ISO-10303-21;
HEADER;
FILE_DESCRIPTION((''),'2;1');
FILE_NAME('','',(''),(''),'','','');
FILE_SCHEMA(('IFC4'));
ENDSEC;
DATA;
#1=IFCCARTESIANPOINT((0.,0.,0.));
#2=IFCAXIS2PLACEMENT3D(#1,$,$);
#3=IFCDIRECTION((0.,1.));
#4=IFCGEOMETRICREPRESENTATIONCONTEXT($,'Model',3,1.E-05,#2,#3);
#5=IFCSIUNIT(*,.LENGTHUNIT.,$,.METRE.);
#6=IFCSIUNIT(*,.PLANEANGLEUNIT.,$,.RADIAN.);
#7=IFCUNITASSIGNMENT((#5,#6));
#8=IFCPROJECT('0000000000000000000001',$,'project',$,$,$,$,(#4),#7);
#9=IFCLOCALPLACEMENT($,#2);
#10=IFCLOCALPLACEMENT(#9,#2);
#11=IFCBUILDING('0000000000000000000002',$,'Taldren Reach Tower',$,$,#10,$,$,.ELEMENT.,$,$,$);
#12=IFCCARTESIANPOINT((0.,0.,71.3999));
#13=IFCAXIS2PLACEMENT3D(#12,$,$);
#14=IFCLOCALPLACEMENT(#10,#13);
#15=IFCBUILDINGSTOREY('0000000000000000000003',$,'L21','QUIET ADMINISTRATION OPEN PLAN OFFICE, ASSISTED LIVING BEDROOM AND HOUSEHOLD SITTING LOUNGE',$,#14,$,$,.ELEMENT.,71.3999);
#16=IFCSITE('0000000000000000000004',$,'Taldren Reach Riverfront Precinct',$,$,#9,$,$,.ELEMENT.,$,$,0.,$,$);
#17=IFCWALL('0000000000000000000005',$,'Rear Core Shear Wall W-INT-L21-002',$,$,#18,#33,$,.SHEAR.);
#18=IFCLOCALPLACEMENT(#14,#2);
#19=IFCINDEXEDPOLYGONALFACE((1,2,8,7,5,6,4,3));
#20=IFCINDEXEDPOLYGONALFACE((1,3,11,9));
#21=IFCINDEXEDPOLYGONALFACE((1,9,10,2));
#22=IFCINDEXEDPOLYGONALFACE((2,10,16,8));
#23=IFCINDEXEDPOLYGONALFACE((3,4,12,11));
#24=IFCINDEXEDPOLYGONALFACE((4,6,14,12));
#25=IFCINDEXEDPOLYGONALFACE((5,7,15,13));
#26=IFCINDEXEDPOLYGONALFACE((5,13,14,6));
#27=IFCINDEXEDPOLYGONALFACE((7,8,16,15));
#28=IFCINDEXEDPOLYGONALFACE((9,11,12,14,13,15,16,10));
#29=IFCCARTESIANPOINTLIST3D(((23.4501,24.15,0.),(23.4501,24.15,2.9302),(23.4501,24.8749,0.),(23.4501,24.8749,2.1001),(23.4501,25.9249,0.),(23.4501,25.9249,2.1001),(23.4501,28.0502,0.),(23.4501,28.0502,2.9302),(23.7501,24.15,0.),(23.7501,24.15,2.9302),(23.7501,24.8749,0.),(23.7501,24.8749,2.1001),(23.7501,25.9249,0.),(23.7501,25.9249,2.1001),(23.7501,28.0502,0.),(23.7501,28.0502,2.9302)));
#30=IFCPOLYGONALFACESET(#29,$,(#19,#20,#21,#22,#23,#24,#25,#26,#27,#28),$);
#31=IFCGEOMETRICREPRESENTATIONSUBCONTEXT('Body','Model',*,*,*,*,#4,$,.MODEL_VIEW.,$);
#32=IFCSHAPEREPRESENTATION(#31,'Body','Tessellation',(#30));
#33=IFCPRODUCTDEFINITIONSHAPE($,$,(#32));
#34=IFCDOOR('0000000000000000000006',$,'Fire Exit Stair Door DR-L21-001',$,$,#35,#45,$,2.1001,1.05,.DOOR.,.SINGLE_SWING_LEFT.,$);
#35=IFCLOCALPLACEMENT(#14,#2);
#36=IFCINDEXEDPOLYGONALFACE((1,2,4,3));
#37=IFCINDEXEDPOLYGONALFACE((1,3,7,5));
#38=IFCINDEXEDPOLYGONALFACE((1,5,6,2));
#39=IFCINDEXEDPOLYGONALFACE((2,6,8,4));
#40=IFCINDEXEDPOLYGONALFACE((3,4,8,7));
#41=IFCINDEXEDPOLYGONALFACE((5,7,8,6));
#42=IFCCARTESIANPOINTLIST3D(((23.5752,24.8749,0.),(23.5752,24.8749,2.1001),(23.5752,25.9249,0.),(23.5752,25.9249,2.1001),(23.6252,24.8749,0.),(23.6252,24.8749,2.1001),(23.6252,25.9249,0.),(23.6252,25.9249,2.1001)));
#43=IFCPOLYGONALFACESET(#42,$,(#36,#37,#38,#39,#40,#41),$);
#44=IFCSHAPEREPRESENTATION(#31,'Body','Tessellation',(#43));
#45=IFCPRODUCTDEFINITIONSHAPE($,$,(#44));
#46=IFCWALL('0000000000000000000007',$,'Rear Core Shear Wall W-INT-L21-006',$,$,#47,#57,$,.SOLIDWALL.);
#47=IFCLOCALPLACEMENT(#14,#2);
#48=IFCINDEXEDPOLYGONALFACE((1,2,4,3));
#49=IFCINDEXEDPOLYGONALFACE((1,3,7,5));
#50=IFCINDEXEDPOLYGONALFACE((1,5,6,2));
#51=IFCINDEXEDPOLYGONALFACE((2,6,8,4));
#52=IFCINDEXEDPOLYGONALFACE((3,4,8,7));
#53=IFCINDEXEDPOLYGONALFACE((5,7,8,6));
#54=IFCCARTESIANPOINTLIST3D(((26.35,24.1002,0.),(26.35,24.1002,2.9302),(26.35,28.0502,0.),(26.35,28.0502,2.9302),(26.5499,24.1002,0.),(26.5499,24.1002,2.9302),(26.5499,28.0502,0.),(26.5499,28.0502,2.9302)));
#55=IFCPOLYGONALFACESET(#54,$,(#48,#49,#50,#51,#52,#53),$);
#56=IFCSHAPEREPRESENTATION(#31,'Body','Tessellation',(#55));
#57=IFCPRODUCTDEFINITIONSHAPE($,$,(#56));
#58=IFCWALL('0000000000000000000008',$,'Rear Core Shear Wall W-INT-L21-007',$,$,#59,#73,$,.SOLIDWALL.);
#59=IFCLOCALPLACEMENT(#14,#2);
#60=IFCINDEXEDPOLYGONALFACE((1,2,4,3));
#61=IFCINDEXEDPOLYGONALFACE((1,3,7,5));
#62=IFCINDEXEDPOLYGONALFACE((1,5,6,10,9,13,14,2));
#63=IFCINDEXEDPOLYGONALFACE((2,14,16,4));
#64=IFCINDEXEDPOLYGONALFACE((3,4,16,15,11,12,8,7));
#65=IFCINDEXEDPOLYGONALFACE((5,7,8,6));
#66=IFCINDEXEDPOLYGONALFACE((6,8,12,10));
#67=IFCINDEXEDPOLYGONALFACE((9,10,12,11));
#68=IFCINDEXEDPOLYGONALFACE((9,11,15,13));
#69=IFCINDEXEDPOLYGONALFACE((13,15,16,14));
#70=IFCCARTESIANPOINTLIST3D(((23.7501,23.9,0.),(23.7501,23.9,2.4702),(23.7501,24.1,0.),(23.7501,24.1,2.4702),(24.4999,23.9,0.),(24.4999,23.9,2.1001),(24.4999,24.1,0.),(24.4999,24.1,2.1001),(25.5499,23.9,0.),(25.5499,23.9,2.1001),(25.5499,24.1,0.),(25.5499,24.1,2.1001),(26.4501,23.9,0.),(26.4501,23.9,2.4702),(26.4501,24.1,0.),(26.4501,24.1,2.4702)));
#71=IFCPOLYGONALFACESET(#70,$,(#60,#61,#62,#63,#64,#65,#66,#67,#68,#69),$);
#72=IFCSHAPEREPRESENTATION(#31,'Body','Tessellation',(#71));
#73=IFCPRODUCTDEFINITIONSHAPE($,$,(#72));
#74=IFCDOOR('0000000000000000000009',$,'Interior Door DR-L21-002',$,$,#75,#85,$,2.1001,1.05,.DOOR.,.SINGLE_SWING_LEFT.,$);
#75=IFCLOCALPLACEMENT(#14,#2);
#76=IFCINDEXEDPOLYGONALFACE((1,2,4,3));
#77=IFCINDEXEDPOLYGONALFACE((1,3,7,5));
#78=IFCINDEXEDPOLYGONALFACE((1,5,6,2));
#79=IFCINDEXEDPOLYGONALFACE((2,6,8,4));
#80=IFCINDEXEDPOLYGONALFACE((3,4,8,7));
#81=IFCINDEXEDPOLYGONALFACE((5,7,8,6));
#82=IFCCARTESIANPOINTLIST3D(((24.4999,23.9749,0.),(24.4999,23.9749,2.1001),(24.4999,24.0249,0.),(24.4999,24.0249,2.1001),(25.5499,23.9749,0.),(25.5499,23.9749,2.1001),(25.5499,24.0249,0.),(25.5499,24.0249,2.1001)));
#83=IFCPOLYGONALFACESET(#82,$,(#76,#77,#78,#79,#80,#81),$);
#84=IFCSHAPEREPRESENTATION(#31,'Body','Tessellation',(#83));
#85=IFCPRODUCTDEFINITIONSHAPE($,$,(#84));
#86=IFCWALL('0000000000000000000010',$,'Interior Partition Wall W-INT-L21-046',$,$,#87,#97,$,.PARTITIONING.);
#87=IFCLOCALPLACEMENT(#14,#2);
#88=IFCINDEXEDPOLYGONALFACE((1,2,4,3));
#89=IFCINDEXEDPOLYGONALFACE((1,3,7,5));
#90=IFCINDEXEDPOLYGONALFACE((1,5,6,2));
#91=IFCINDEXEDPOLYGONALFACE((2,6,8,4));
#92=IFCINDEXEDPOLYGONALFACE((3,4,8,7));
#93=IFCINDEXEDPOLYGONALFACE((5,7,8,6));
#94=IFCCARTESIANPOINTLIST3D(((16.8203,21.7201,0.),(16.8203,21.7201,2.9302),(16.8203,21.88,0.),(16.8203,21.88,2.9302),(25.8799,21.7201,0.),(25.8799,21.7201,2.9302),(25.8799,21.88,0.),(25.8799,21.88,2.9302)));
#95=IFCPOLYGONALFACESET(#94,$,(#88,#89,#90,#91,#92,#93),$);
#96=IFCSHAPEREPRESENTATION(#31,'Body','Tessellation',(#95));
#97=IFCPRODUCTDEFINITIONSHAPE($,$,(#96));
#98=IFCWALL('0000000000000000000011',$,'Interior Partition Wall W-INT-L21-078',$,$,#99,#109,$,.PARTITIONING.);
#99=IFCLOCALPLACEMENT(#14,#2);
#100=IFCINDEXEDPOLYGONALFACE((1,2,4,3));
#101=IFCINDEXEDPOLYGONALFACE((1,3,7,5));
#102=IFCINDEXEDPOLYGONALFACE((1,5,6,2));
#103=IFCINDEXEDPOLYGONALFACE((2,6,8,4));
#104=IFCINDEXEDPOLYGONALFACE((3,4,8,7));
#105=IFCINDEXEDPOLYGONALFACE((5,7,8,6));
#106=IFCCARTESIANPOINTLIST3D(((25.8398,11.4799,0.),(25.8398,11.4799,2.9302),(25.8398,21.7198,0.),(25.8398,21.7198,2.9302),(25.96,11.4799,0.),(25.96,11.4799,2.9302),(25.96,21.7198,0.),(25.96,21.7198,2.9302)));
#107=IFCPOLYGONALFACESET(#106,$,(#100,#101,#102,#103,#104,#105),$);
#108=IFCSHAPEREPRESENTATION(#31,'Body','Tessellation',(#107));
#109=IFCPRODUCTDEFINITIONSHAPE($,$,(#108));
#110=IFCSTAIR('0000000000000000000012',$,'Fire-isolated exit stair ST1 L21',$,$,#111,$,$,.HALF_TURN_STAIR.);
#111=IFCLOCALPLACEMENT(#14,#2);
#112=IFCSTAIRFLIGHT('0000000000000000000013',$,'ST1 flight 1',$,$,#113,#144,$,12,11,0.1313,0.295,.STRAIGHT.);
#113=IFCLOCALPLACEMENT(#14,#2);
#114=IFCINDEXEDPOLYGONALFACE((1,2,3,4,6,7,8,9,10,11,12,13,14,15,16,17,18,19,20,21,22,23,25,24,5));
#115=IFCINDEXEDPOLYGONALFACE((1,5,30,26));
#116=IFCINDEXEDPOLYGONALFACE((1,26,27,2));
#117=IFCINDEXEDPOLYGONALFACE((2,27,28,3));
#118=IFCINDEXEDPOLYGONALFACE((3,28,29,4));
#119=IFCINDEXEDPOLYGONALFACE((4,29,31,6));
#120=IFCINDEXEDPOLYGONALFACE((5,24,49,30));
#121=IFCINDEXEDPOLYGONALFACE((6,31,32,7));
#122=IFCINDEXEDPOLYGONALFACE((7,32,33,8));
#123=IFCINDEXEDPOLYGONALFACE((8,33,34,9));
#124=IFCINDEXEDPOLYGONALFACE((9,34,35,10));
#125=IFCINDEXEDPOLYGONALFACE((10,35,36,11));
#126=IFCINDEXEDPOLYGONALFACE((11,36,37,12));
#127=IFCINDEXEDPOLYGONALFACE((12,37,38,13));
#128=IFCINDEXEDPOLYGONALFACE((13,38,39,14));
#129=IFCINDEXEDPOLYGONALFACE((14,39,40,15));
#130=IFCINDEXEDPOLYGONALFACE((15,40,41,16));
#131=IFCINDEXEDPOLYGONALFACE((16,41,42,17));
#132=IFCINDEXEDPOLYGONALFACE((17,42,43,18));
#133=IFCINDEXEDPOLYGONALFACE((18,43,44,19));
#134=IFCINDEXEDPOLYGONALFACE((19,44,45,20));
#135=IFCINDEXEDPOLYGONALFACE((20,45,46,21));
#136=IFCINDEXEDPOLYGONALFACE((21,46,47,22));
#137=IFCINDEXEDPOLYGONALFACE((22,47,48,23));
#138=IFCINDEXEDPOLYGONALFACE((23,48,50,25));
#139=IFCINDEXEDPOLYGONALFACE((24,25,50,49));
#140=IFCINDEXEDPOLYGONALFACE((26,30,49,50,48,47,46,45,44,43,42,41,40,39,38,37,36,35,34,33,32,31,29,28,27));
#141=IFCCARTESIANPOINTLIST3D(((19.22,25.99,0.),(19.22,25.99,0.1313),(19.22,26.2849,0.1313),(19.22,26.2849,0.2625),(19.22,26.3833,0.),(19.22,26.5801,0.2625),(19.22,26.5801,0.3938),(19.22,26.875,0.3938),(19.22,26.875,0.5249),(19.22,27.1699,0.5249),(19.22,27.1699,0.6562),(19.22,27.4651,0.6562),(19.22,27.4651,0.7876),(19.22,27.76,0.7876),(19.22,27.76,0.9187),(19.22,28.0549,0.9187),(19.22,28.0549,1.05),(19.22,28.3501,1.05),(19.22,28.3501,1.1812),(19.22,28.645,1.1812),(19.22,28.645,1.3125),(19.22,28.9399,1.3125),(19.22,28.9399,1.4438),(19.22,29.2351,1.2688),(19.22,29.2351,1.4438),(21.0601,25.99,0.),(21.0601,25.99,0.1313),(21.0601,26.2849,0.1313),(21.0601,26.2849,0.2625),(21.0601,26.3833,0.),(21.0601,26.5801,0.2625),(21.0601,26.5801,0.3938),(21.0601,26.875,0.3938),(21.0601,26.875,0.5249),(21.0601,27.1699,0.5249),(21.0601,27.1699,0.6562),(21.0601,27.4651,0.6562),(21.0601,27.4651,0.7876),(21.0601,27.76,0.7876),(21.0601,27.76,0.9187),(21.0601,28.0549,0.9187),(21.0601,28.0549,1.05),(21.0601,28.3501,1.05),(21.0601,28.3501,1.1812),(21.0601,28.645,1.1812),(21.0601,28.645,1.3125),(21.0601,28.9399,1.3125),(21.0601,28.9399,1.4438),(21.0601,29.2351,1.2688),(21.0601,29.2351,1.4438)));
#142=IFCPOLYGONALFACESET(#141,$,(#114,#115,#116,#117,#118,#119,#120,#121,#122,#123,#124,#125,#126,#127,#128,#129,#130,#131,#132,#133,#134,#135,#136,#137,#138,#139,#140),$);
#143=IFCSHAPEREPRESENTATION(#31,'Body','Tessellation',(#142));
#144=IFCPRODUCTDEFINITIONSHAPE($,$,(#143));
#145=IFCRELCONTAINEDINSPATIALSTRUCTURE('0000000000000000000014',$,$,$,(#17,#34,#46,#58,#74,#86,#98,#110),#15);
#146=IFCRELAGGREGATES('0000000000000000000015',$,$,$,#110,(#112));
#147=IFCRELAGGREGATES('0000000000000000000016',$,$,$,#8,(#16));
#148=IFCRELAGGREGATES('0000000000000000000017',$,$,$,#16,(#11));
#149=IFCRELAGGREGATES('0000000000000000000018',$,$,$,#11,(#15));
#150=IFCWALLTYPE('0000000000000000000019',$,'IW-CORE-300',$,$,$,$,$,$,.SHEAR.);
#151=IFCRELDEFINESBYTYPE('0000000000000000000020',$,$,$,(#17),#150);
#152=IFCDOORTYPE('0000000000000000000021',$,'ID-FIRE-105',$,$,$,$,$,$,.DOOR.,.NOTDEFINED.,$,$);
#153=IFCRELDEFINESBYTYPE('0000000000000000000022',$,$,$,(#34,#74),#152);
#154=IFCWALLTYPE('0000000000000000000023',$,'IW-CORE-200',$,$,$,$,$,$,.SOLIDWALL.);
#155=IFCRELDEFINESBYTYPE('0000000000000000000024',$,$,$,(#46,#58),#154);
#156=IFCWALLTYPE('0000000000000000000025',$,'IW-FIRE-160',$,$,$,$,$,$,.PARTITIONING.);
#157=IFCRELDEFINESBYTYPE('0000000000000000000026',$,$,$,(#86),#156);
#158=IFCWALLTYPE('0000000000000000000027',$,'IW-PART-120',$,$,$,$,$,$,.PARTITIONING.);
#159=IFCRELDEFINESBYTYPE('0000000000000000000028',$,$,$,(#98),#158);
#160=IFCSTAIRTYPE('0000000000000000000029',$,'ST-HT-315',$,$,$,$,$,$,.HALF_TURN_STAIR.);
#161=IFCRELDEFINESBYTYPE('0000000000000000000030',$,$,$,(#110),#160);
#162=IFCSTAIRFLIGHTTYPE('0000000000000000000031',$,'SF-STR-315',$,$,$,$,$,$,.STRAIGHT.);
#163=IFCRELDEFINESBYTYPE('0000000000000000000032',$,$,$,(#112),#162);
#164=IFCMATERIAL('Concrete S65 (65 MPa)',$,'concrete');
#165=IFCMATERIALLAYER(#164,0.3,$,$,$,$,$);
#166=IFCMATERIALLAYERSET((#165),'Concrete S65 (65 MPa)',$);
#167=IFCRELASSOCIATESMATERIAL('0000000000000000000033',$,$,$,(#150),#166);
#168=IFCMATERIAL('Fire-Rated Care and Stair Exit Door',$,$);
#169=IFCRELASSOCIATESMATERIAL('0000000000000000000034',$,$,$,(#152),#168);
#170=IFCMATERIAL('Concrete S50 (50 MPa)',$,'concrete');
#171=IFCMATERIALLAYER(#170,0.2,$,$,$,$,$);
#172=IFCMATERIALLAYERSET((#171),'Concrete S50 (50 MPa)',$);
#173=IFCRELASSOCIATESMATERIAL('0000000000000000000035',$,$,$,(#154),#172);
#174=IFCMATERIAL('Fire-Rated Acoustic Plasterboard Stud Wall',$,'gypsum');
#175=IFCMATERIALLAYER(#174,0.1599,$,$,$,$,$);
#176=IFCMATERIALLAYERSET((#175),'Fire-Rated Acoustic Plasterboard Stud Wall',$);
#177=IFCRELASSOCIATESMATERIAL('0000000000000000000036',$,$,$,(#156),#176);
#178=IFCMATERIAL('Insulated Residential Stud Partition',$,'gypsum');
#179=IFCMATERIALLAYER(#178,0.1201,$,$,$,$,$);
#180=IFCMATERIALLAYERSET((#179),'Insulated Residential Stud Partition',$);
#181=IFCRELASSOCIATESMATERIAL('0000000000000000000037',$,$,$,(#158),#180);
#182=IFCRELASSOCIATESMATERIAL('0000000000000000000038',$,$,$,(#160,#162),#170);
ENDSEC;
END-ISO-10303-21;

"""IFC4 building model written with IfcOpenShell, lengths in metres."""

from ifc_helpers import new_model, si_unit, direction, frame, frame_2d, origin, place, context, subcontext, project, spatial, polyline, rectangle, outline, extrude, source, transform, mapped, material, layer, layer_set, type_object, element, fill, aggregate, save


model = new_model("IFC4")

# Units and contexts
model_context = context("Model", 3, precision=1e-05, world=origin(), true_north=direction((0.0, 1.0)))
body_context = subcontext(model_context, "Body", "Model", "MODEL_VIEW")
ifc_project = project(units=[si_unit("LENGTHUNIT", "METRE"), si_unit("PLANEANGLEUNIT", "RADIAN")], contexts=[model_context])

# Site, building, storey
site_placement = place(None, origin())
site = spatial("IfcSite", under=ifc_project, at=site_placement, Name="Taldren Reach Riverfront Precinct", CompositionType="ELEMENT", RefElevation=0.0)
building_placement = place(site_placement, origin())
building = spatial("IfcBuilding", under=site, at=building_placement, Name="Taldren Reach Tower", CompositionType="ELEMENT")
storey_placement = place(building_placement, frame((0.0, 0.0, 71.3999)))
storey = spatial("IfcBuildingStorey", under=building, at=storey_placement, Name="L21", Description="QUIET ADMINISTRATION OPEN PLAN OFFICE, ASSISTED LIVING BEDROOM AND HOUSEHOLD SITTING LOUNGE", CompositionType="ELEMENT", Elevation=71.3999)

# Shared definitions
ifc_material_1 = material(Name="Concrete S65 (65 MPa)", Category="concrete")

# Shared definitions
ifc_layer_1 = layer(ifc_material_1, 0.3)
ifc_layer_set_1 = layer_set([ifc_layer_1], Name="Concrete S65 (65 MPa)")
wall_type_1 = type_object("IfcWallType", Name="IW-CORE-300", PredefinedType="SHEAR", material=ifc_layer_set_1)

# Wall, opening, door
shared_shape_1 = source(origin(), body_context, "Body", "SweptSolid", [
    extrude(rectangle(XDim=3.9001, YDim=0.3, at=frame_2d((1.9502, 0.0))), origin(), (0.0, 0.0, 1.0), 2.9302),
])
wall_1_placement = place(storey_placement, frame((23.6001, 24.1499, 0.0), z_axis=(0.0, 0.0, 1.0), x_axis=(0.0, 1.0, 0.0)))
wall_1 = element("IfcWall", 1, at=wall_1_placement, inside=storey, type_object=wall_type_1, Name="Rear Core Shear Wall W-INT-L21-002", PredefinedType="SHEAR", context=body_context, shape_type="MappedRepresentation", body=[
    mapped(shared_shape_1, transform((0.0, 0.0, 0.0), scale=1.0)),
])
shared_shape_2 = source(origin(), body_context, "Body", "SweptSolid", [
    extrude(rectangle(XDim=1.05, YDim=2.1001, at=frame_2d((0.5249, 1.05))), frame((0.0, 0.1602, 0.0), z_axis=(0.0, -1.0, 0.0), x_axis=(1.0, 0.0, 0.0)), (0.0, 0.0, 1.0), 0.3201),
])
opening_1_placement = place(wall_1_placement, frame((0.7251, 0.0, 0.0)))
opening_1 = element("IfcOpeningElement", 2, at=opening_1_placement, cuts=wall_1, PredefinedType="OPENING", context=body_context, shape_type="MappedRepresentation", body=[
    mapped(shared_shape_2, transform((0.0, 0.0, 0.0), scale=1.0)),
])
ifc_material_2 = material(Name="Fire-Rated Care and Stair Exit Door")
door_type_1 = type_object("IfcDoorType", Name="ID-FIRE-105", OperationType="NOTDEFINED", PredefinedType="DOOR", material=ifc_material_2)
shared_shape_3 = source(origin(), body_context, "Body", "SweptSolid", [
    extrude(rectangle(XDim=1.05, YDim=2.1001, at=frame_2d((0.5249, 1.05))), frame((0.0, 0.0249, 0.0), z_axis=(0.0, -1.0, 0.0), x_axis=(1.0, 0.0, 0.0)), (0.0, 0.0, 1.0), 0.05),
])
door_1_placement = place(opening_1_placement, origin())
door_1 = element("IfcDoor", 3, at=door_1_placement, inside=storey, type_object=door_type_1, Name="Fire Exit Stair Door DR-L21-001", OperationType="SINGLE_SWING_LEFT", OverallHeight=2.1001, OverallWidth=1.05, PredefinedType="DOOR", context=body_context, shape_type="MappedRepresentation", body=[
    mapped(shared_shape_3, transform((0.0, 0.0, 0.0), scale=1.0)),
])
fill(opening_1, door_1)

# Wall
ifc_material_3 = material(Name="Concrete S50 (50 MPa)", Category="concrete")
ifc_layer_2 = layer(ifc_material_3, 0.2)
ifc_layer_set_2 = layer_set([ifc_layer_2], Name="Concrete S50 (50 MPa)")
wall_type_2 = type_object("IfcWallType", Name="IW-CORE-200", PredefinedType="SOLIDWALL", material=ifc_layer_set_2)
shared_shape_4 = source(origin(), body_context, "Body", "SweptSolid", [
    extrude(rectangle(XDim=3.95, YDim=0.2, at=frame_2d((1.9751, 0.0))), origin(), (0.0, 0.0, 1.0), 2.9302),
])
wall_2_placement = place(storey_placement, frame((26.45, 24.1001, 0.0), z_axis=(0.0, 0.0, 1.0), x_axis=(0.0, 1.0, 0.0)))
element("IfcWall", 4, at=wall_2_placement, inside=storey, type_object=wall_type_2, Name="Rear Core Shear Wall W-INT-L21-006", PredefinedType="SOLIDWALL", context=body_context, shape_type="MappedRepresentation", body=[
    mapped(shared_shape_4, transform((0.0, 0.0, 0.0), scale=1.0)),
])

# Wall, opening, door
shared_shape_5 = source(origin(), body_context, "Body", "SweptSolid", [
    extrude(rectangle(XDim=2.7, YDim=0.2, at=frame_2d((1.3501, 0.0))), origin(), (0.0, 0.0, 1.0), 2.4702),
])
wall_3_placement = place(storey_placement, frame((23.75, 24.0, 0.0), z_axis=(0.0, 0.0, 1.0), x_axis=(1.0, 0.0, 0.0)))
wall_3 = element("IfcWall", 5, at=wall_3_placement, inside=storey, type_object=wall_type_2, Name="Rear Core Shear Wall W-INT-L21-007", PredefinedType="SOLIDWALL", context=body_context, shape_type="MappedRepresentation", body=[
    mapped(shared_shape_5, transform((0.0, 0.0, 0.0), scale=1.0)),
])
shared_shape_6 = source(origin(), body_context, "Body", "SweptSolid", [
    extrude(rectangle(XDim=1.05, YDim=2.1001, at=frame_2d((0.5249, 1.05))), frame((0.0, 0.1099, 0.0), z_axis=(0.0, -1.0, 0.0), x_axis=(1.0, 0.0, 0.0)), (0.0, 0.0, 1.0), 0.22),
])
opening_2_placement = place(wall_3_placement, frame((0.75, 0.0, 0.0)))
opening_2 = element("IfcOpeningElement", 6, at=opening_2_placement, cuts=wall_3, PredefinedType="OPENING", context=body_context, shape_type="MappedRepresentation", body=[
    mapped(shared_shape_6, transform((0.0, 0.0, 0.0), scale=1.0)),
])
door_2_placement = place(opening_2_placement, origin())
door_2 = element("IfcDoor", 7, at=door_2_placement, inside=storey, type_object=door_type_1, Name="Interior Door DR-L21-002", OperationType="SINGLE_SWING_LEFT", OverallHeight=2.1001, OverallWidth=1.05, PredefinedType="DOOR", context=body_context, shape_type="MappedRepresentation", body=[
    mapped(shared_shape_3, transform((0.0, 0.0, 0.0), scale=1.0)),
])
fill(opening_2, door_2)

# Walls
ifc_material_4 = material(Name="Fire-Rated Acoustic Plasterboard Stud Wall", Category="gypsum")
ifc_layer_3 = layer(ifc_material_4, 0.1599)
ifc_layer_set_3 = layer_set([ifc_layer_3], Name="Fire-Rated Acoustic Plasterboard Stud Wall")
wall_type_3 = type_object("IfcWallType", Name="IW-FIRE-160", PredefinedType="PARTITIONING", material=ifc_layer_set_3)
shared_shape_7 = source(origin(), body_context, "Body", "SweptSolid", [
    extrude(rectangle(XDim=9.0596, YDim=0.1599, at=frame_2d((4.5298, 0.0))), origin(), (0.0, 0.0, 1.0), 2.9302),
])
wall_4_placement = place(storey_placement, frame((25.8799, 21.8, 0.0), z_axis=(0.0, 0.0, 1.0), x_axis=(-1.0, 0.0, 0.0)))
element("IfcWall", 8, at=wall_4_placement, inside=storey, type_object=wall_type_3, Name="Interior Partition Wall W-INT-L21-046", PredefinedType="PARTITIONING", context=body_context, shape_type="MappedRepresentation", body=[
    mapped(shared_shape_7, transform((0.0, 0.0, 0.0), scale=1.0)),
])
ifc_material_5 = material(Name="Insulated Residential Stud Partition", Category="gypsum")
ifc_layer_4 = layer(ifc_material_5, 0.1201)
ifc_layer_set_4 = layer_set([ifc_layer_4], Name="Insulated Residential Stud Partition")
wall_type_4 = type_object("IfcWallType", Name="IW-PART-120", PredefinedType="PARTITIONING", material=ifc_layer_set_4)
shared_shape_8 = source(origin(), body_context, "Body", "SweptSolid", [
    extrude(rectangle(XDim=10.24, YDim=0.1201, at=frame_2d((5.1201, 0.0))), origin(), (0.0, 0.0, 1.0), 2.9302),
])
wall_5_placement = place(storey_placement, frame((25.8999, 21.72, 0.0), z_axis=(0.0, 0.0, 1.0), x_axis=(0.0, -1.0, 0.0)))
element("IfcWall", 9, at=wall_5_placement, inside=storey, type_object=wall_type_4, Name="Interior Partition Wall W-INT-L21-078", PredefinedType="PARTITIONING", context=body_context, shape_type="MappedRepresentation", body=[
    mapped(shared_shape_8, transform((0.0, 0.0, 0.0), scale=1.0)),
])

# Stair, stair flight
stair_type = type_object("IfcStairType", Name="ST-HT-315", PredefinedType="HALF_TURN_STAIR", material=ifc_material_3)
stair_placement = place(storey_placement, origin())
stair = element("IfcStair", 10, at=stair_placement, inside=storey, type_object=stair_type, Name="Fire-isolated exit stair ST1 L21", PredefinedType="HALF_TURN_STAIR")
stair_flight_type = type_object("IfcStairFlightType", Name="SF-STR-315", PredefinedType="STRAIGHT", material=ifc_material_3)
stair_flight_1_placement = place(storey_placement, frame((20.1399, 25.99, 0.0), z_axis=(0.0, 0.0, 1.0), x_axis=(0.0, 1.0, 0.0)))
stair_flight_1 = element("IfcStairFlight", 11, at=stair_flight_1_placement, type_object=stair_flight_type, Name="ST1 flight 1", NumberOfRisers=12, NumberOfTreads=11, PredefinedType="STRAIGHT", RiserHeight=0.1313, TreadLength=0.295, context=body_context, shape_type="SweptSolid", body=[
    extrude(outline(polyline([(0.0, 0.0), (0.0, 0.1313), (0.2949, 0.1313), (0.2949, 0.2625), (0.5901, 0.2625), (0.5901, 0.3938), (0.885, 0.3938), (0.885, 0.5249), (1.1799, 0.5249), (1.1799, 0.6562), (1.4751, 0.6562), (1.4751, 0.7876), (1.77, 0.7876), (1.77, 0.9187), (2.0649, 0.9187), (2.0649, 1.05), (2.3601, 1.05), (2.3601, 1.1812), (2.655, 1.1812), (2.655, 1.3125), (2.95, 1.3125), (2.95, 1.4438), (3.2451, 1.4438), (3.2451, 1.575), (3.2451, 1.2688), (0.3933, 0.0), (0.0, 0.0)])), frame((0.0, 0.9199, 0.0), z_axis=(0.0, -1.0, 0.0), x_axis=(1.0, 0.0, 0.0)), (0.0, 0.0, 1.0), 1.8401),
])
aggregate(stair, [stair_flight_1])

save(model, "model.ifc")
